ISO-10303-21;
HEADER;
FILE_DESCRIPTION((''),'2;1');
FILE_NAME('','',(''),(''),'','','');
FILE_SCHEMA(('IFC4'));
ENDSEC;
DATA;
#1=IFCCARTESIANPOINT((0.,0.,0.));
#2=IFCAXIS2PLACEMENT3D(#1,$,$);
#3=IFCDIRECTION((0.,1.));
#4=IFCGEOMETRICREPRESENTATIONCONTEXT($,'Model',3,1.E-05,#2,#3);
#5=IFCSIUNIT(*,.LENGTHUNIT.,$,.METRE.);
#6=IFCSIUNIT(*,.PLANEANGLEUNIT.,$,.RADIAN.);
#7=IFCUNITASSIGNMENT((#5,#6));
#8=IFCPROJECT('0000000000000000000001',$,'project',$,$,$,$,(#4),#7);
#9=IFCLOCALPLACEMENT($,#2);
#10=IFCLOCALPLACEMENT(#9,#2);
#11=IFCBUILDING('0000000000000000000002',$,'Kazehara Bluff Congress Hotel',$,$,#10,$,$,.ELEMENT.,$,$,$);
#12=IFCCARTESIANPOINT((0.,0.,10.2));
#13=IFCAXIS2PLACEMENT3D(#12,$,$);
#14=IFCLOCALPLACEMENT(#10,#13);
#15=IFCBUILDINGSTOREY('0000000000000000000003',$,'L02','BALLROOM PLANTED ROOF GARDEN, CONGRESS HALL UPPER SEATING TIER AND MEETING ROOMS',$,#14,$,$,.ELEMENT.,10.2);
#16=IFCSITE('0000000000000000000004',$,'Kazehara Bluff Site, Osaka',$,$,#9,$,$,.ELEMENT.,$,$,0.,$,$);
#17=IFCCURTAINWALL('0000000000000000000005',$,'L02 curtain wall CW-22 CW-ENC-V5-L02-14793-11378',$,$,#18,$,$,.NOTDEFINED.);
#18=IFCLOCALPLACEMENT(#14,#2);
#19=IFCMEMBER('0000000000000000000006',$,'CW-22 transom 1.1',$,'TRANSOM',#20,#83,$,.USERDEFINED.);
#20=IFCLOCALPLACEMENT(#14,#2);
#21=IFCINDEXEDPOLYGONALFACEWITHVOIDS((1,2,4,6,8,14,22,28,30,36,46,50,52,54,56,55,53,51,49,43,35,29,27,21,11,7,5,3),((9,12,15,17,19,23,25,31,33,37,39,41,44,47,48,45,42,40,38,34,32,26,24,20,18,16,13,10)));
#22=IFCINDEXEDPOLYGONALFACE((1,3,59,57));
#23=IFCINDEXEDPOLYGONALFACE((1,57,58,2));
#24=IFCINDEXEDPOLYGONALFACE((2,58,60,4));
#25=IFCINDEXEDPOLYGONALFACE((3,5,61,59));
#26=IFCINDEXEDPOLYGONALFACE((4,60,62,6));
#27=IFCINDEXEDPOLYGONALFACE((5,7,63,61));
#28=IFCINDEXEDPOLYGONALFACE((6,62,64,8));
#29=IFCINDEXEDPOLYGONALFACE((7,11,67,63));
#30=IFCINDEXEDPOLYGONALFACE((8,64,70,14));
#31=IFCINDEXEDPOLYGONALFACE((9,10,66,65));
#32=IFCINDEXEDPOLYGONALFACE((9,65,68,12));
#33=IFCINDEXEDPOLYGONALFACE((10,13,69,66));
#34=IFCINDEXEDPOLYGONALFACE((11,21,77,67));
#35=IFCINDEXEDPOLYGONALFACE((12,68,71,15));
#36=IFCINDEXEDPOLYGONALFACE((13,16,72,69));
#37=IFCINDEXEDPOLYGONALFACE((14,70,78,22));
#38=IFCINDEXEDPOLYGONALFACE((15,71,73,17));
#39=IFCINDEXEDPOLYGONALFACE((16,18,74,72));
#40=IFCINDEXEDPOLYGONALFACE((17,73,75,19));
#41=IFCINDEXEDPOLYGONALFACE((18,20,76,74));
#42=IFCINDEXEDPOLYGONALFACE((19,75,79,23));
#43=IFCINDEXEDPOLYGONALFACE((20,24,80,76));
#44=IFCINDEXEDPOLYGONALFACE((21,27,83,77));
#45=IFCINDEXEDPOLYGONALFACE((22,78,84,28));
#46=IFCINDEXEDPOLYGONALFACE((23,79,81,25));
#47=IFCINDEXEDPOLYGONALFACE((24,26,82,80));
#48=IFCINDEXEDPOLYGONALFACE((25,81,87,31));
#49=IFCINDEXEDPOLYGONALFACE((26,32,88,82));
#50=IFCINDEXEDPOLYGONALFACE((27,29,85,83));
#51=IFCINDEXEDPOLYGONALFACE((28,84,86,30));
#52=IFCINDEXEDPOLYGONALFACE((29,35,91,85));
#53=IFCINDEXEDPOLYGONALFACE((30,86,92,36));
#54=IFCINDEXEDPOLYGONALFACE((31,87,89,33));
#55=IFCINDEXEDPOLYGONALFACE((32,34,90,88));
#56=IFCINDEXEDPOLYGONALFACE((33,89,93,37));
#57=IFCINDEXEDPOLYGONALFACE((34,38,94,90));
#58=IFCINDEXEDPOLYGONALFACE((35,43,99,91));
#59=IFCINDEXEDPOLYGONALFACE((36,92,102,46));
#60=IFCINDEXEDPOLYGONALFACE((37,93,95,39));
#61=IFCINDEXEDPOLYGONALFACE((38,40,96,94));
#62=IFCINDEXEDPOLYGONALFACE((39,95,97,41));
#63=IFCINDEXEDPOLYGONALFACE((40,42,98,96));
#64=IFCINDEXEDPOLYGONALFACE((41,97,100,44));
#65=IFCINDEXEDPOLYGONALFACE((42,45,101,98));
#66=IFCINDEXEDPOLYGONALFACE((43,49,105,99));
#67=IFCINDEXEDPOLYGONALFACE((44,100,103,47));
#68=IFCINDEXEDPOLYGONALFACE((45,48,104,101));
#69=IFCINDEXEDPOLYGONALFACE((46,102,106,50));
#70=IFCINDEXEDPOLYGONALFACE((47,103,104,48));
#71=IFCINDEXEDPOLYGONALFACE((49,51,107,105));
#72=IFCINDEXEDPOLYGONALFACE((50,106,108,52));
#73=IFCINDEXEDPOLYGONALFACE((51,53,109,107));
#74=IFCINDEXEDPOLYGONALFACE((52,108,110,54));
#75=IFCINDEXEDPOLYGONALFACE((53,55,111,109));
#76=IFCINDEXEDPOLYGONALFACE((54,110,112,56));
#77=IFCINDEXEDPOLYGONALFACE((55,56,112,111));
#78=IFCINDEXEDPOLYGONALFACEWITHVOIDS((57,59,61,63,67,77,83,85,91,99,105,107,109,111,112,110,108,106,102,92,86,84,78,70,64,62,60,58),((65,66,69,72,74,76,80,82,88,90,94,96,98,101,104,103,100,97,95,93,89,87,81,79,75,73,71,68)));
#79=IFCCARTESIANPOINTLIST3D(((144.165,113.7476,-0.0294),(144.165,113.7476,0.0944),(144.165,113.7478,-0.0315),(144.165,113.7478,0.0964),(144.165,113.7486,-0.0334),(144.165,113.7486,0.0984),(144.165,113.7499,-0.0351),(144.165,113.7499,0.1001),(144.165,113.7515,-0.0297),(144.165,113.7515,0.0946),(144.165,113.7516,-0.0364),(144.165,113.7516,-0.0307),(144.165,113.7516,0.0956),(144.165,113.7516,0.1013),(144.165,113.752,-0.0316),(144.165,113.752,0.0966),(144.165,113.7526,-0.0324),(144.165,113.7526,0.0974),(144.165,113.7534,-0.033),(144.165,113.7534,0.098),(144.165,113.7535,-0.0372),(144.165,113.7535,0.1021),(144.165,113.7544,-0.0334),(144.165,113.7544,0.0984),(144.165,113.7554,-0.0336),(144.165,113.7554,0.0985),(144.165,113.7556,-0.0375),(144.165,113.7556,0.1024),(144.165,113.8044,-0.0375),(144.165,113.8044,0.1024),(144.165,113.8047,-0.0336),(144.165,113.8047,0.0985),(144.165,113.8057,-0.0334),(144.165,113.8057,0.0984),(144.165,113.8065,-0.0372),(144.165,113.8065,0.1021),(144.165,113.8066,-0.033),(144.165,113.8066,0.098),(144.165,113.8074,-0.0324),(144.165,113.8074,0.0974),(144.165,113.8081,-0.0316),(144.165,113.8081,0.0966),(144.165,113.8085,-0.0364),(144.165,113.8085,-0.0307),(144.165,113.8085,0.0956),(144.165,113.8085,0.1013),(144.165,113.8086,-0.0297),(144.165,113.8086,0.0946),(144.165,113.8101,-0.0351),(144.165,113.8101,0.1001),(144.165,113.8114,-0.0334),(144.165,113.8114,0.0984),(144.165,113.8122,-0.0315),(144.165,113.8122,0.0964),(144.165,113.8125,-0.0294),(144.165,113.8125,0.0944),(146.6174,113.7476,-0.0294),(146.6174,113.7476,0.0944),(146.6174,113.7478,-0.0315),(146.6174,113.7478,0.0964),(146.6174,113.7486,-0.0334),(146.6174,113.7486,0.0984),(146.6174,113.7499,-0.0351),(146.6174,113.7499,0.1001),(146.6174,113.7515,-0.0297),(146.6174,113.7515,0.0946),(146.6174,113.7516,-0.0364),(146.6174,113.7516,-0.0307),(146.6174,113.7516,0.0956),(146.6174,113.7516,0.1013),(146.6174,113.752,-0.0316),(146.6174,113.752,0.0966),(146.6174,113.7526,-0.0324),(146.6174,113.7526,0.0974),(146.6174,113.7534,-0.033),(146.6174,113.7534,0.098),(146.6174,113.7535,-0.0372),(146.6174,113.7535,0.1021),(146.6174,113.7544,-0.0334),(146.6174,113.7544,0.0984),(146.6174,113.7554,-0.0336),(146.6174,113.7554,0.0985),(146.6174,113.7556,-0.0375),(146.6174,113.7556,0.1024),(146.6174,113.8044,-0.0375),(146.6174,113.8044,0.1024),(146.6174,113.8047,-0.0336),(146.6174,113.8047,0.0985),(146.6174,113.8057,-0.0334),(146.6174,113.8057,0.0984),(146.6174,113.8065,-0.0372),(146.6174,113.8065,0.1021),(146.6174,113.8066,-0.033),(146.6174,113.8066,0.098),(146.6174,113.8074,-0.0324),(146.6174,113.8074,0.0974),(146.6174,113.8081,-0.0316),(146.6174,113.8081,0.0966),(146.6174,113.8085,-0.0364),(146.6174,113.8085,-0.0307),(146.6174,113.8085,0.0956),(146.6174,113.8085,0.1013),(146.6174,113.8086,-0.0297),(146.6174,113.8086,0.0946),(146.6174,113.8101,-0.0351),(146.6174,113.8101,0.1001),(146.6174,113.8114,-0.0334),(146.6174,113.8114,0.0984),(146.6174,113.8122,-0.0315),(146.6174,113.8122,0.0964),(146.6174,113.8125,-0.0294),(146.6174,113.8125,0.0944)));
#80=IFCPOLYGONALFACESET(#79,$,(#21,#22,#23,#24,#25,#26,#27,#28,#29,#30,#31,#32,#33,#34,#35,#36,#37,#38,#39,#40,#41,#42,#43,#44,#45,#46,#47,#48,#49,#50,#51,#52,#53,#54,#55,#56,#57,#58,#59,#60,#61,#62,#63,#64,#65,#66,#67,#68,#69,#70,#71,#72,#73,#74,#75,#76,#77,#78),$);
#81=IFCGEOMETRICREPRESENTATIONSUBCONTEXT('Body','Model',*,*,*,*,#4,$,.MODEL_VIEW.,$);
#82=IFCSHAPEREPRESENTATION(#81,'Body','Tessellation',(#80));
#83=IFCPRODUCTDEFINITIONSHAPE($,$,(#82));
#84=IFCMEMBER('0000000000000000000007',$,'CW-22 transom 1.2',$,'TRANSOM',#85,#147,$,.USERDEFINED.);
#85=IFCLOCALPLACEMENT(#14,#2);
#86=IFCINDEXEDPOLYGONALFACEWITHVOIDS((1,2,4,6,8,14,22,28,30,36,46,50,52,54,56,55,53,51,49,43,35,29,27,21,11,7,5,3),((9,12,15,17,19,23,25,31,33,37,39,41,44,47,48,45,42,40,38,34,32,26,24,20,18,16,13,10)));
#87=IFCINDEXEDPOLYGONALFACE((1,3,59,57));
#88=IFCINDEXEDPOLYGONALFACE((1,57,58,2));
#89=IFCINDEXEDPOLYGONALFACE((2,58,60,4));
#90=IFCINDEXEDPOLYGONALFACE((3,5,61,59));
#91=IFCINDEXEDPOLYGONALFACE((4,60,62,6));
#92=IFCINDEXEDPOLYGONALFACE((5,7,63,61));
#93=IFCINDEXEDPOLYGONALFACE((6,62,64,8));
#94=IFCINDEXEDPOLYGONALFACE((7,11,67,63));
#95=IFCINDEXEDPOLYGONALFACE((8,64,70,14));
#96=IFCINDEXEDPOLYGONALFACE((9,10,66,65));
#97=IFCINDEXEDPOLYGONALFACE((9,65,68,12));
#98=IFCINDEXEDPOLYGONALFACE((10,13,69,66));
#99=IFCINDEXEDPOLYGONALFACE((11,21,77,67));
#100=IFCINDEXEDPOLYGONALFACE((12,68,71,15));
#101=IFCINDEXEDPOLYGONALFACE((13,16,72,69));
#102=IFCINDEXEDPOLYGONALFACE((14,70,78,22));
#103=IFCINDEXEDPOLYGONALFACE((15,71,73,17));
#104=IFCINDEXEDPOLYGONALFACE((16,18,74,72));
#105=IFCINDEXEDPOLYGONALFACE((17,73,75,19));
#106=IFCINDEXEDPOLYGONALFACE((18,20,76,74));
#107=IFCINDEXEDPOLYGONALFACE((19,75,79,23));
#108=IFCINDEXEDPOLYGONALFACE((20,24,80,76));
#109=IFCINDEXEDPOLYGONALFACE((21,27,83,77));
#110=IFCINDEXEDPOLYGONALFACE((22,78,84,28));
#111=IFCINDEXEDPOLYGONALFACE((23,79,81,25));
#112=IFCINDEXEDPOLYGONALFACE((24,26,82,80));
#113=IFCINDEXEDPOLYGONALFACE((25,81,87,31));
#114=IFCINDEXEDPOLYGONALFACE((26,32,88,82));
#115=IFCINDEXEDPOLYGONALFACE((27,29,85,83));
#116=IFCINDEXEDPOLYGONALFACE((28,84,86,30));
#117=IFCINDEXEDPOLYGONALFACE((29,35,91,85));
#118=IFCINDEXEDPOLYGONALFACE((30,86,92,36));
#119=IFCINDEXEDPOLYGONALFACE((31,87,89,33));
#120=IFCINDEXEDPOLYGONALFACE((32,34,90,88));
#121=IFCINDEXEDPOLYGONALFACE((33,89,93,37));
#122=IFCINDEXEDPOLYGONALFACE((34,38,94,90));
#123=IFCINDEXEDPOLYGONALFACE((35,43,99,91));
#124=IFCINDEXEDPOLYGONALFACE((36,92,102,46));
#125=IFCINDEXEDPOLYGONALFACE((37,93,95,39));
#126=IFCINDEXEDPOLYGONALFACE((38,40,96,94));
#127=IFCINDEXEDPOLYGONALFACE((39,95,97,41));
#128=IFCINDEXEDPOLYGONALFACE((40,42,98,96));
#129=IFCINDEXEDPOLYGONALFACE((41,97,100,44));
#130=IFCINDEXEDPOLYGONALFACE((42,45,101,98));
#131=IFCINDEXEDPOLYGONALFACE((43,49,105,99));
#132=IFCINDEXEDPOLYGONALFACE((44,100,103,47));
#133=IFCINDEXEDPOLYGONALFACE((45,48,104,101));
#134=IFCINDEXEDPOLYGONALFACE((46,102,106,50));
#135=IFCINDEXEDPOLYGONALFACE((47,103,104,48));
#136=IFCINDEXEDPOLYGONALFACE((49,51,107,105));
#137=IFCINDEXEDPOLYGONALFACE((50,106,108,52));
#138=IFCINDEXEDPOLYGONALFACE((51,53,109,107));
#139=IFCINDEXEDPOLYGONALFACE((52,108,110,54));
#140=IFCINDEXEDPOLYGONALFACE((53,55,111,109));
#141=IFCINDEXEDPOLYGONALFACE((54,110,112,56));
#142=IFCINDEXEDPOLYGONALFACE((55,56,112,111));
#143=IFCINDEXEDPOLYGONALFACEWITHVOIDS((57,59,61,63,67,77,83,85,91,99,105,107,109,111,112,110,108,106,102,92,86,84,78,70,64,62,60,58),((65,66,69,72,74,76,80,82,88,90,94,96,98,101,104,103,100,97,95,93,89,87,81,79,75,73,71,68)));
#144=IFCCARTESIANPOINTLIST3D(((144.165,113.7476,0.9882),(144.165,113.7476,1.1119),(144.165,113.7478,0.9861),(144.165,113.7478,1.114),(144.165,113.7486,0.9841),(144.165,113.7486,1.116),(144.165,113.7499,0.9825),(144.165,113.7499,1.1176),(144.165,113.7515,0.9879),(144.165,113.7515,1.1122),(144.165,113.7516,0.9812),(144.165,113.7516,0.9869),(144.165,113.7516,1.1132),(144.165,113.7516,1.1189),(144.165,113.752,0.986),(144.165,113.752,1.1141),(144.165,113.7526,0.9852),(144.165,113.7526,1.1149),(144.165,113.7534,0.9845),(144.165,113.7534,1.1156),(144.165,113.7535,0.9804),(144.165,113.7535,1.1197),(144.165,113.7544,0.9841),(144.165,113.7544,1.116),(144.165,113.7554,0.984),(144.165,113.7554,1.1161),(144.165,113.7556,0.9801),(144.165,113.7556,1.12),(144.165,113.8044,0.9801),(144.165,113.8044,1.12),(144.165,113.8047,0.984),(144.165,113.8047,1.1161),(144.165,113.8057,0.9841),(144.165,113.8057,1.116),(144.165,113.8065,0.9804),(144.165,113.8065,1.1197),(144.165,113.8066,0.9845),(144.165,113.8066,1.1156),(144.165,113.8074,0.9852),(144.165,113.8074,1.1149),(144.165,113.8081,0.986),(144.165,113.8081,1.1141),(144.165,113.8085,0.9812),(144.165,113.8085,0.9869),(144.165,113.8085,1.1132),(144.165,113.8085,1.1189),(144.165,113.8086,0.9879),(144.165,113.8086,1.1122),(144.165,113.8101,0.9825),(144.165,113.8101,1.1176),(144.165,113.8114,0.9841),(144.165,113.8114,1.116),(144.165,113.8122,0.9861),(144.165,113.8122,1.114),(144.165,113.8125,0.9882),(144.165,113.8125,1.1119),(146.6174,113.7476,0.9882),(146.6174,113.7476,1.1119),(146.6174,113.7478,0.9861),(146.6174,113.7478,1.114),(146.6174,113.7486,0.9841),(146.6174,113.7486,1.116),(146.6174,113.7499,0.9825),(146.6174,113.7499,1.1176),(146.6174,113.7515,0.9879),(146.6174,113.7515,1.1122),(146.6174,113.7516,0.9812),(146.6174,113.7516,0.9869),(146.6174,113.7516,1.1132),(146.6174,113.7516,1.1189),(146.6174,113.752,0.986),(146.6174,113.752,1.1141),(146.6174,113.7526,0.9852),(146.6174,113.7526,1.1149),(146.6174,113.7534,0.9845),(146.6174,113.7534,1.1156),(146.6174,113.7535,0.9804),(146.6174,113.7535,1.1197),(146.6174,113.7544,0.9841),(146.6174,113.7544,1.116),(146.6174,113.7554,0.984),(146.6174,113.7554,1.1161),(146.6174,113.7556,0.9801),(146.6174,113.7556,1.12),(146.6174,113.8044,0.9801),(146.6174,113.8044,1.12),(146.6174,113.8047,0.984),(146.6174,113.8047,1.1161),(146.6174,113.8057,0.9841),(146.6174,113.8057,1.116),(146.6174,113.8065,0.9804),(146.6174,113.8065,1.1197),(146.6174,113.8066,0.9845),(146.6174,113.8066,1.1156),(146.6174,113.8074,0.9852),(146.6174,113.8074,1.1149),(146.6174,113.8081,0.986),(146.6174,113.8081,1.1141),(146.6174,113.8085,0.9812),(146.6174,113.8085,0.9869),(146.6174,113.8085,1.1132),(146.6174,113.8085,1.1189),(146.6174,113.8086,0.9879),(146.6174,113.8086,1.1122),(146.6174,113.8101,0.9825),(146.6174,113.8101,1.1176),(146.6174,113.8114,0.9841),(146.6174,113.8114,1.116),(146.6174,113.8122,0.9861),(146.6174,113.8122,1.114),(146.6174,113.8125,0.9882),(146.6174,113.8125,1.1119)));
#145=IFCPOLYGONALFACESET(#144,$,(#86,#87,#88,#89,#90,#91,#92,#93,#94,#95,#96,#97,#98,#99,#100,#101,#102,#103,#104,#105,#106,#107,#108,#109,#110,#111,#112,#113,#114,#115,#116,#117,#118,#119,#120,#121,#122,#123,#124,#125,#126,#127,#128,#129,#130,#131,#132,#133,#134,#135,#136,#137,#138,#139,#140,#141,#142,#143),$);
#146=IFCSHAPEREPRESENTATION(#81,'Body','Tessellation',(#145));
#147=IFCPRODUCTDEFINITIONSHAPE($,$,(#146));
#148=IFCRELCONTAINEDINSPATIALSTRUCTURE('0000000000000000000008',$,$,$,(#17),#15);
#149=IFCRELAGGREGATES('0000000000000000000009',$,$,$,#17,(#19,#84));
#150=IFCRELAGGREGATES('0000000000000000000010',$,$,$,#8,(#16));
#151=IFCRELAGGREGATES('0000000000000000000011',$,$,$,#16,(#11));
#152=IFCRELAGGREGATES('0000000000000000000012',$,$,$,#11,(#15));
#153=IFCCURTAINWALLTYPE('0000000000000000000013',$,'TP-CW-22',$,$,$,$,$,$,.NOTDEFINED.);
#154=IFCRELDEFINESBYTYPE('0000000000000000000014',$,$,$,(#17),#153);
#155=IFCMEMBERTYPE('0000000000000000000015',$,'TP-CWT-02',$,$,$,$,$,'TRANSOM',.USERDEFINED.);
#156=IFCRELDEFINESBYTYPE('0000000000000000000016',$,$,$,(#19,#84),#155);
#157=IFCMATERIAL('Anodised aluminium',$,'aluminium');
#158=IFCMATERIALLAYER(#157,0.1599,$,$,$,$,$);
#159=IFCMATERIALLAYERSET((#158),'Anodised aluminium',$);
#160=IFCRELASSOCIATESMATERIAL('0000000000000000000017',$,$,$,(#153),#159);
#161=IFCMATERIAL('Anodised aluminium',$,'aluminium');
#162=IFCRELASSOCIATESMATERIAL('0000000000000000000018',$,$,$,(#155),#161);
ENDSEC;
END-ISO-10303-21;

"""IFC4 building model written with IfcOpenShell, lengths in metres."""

from ifc_helpers import new_model, si_unit, direction, frame, origin, origin_2d, place, context, subcontext, project, spatial, hollow_rectangle, extrude, material, layer, layer_set, material_profile, profile_set, type_object, element, aggregate, save


model = new_model("IFC4")

# Units and contexts
model_context = context("Model", 3, precision=1e-05, world=origin(), true_north=direction((0.0, 1.0)))
body_context = subcontext(model_context, "Body", "Model", "MODEL_VIEW")
ifc_project = project(units=[si_unit("LENGTHUNIT", "METRE"), si_unit("PLANEANGLEUNIT", "RADIAN")], contexts=[model_context])

# Site, building, storey
site_placement = place(None, origin())
site = spatial("IfcSite", under=ifc_project, at=site_placement, Name="Kazehara Bluff Site, Osaka", CompositionType="ELEMENT", RefElevation=0.0)
building_placement = place(site_placement, origin())
building = spatial("IfcBuilding", under=site, at=building_placement, Name="Kazehara Bluff Congress Hotel", CompositionType="ELEMENT")
storey_placement = place(building_placement, frame((0.0, 0.0, 10.2)))
storey = spatial("IfcBuildingStorey", under=building, at=storey_placement, Name="L02", Description="BALLROOM PLANTED ROOF GARDEN, CONGRESS HALL UPPER SEATING TIER AND MEETING ROOMS", CompositionType="ELEMENT", Elevation=10.2)

# Curtain wall
ifc_material_1 = material(Name="Anodised aluminium", Category="aluminium")
ifc_layer_1 = layer(ifc_material_1, 0.1599)
ifc_layer_set_1 = layer_set([ifc_layer_1], Name="Anodised aluminium")
curtain_wall_type_1 = type_object("IfcCurtainWallType", Name="TP-CW-22", PredefinedType="NOTDEFINED", material=ifc_layer_set_1)
curtain_wall_1_placement = place(storey_placement, origin())
curtain_wall_1 = element("IfcCurtainWall", 1, at=curtain_wall_1_placement, inside=storey, type_object=curtain_wall_type_1, Name="L02 curtain wall CW-22 CW-ENC-V5-L02-14793-11378", PredefinedType="NOTDEFINED")

# Members
ifc_material_2 = material(Name="Anodised aluminium", Category="aluminium")
ifc_material_profile_1 = material_profile(ifc_material_2, hollow_rectangle(XDim=0.0649, YDim=0.1399, WallThickness=0.0039, InnerFilletRadius=0.0039, OuterFilletRadius=0.0081, at=origin_2d()))
ifc_profile_set_1 = profile_set([ifc_material_profile_1], Name="Anodised aluminium")
member_type_1 = type_object("IfcMemberType", Name="TP-CWT-02", ElementType="TRANSOM", PredefinedType="USERDEFINED", material=ifc_profile_set_1)
member_1_placement = place(storey_placement, frame((144.165, 113.78, 0.0325), z_axis=(1.0, 0.0, 0.0), x_axis=(0.0, 1.0, 0.0)))
member_1 = element("IfcMember", 2, at=member_1_placement, type_object=member_type_1, Name="CW-22 transom 1.1", ObjectType="TRANSOM", PredefinedType="USERDEFINED", context=body_context, shape_type="SweptSolid", body=[
    extrude(hollow_rectangle(XDim=0.0649, YDim=0.1399, WallThickness=0.0039, InnerFilletRadius=0.0039, OuterFilletRadius=0.0081, at=origin_2d()), origin(), (0.0, 0.0, 1.0), 2.4524),
])
member_2_placement = place(storey_placement, frame((144.165, 113.78, 1.05), z_axis=(1.0, 0.0, 0.0), x_axis=(0.0, 1.0, 0.0)))
member_2 = element("IfcMember", 3, at=member_2_placement, type_object=member_type_1, Name="CW-22 transom 1.2", ObjectType="TRANSOM", PredefinedType="USERDEFINED", context=body_context, shape_type="SweptSolid", body=[
    extrude(hollow_rectangle(XDim=0.0649, YDim=0.1399, WallThickness=0.0039, InnerFilletRadius=0.0039, OuterFilletRadius=0.0081, at=origin_2d()), origin(), (0.0, 0.0, 1.0), 2.4524),
])

aggregate(curtain_wall_1, [member_1, member_2])

save(model, "model.ifc")
